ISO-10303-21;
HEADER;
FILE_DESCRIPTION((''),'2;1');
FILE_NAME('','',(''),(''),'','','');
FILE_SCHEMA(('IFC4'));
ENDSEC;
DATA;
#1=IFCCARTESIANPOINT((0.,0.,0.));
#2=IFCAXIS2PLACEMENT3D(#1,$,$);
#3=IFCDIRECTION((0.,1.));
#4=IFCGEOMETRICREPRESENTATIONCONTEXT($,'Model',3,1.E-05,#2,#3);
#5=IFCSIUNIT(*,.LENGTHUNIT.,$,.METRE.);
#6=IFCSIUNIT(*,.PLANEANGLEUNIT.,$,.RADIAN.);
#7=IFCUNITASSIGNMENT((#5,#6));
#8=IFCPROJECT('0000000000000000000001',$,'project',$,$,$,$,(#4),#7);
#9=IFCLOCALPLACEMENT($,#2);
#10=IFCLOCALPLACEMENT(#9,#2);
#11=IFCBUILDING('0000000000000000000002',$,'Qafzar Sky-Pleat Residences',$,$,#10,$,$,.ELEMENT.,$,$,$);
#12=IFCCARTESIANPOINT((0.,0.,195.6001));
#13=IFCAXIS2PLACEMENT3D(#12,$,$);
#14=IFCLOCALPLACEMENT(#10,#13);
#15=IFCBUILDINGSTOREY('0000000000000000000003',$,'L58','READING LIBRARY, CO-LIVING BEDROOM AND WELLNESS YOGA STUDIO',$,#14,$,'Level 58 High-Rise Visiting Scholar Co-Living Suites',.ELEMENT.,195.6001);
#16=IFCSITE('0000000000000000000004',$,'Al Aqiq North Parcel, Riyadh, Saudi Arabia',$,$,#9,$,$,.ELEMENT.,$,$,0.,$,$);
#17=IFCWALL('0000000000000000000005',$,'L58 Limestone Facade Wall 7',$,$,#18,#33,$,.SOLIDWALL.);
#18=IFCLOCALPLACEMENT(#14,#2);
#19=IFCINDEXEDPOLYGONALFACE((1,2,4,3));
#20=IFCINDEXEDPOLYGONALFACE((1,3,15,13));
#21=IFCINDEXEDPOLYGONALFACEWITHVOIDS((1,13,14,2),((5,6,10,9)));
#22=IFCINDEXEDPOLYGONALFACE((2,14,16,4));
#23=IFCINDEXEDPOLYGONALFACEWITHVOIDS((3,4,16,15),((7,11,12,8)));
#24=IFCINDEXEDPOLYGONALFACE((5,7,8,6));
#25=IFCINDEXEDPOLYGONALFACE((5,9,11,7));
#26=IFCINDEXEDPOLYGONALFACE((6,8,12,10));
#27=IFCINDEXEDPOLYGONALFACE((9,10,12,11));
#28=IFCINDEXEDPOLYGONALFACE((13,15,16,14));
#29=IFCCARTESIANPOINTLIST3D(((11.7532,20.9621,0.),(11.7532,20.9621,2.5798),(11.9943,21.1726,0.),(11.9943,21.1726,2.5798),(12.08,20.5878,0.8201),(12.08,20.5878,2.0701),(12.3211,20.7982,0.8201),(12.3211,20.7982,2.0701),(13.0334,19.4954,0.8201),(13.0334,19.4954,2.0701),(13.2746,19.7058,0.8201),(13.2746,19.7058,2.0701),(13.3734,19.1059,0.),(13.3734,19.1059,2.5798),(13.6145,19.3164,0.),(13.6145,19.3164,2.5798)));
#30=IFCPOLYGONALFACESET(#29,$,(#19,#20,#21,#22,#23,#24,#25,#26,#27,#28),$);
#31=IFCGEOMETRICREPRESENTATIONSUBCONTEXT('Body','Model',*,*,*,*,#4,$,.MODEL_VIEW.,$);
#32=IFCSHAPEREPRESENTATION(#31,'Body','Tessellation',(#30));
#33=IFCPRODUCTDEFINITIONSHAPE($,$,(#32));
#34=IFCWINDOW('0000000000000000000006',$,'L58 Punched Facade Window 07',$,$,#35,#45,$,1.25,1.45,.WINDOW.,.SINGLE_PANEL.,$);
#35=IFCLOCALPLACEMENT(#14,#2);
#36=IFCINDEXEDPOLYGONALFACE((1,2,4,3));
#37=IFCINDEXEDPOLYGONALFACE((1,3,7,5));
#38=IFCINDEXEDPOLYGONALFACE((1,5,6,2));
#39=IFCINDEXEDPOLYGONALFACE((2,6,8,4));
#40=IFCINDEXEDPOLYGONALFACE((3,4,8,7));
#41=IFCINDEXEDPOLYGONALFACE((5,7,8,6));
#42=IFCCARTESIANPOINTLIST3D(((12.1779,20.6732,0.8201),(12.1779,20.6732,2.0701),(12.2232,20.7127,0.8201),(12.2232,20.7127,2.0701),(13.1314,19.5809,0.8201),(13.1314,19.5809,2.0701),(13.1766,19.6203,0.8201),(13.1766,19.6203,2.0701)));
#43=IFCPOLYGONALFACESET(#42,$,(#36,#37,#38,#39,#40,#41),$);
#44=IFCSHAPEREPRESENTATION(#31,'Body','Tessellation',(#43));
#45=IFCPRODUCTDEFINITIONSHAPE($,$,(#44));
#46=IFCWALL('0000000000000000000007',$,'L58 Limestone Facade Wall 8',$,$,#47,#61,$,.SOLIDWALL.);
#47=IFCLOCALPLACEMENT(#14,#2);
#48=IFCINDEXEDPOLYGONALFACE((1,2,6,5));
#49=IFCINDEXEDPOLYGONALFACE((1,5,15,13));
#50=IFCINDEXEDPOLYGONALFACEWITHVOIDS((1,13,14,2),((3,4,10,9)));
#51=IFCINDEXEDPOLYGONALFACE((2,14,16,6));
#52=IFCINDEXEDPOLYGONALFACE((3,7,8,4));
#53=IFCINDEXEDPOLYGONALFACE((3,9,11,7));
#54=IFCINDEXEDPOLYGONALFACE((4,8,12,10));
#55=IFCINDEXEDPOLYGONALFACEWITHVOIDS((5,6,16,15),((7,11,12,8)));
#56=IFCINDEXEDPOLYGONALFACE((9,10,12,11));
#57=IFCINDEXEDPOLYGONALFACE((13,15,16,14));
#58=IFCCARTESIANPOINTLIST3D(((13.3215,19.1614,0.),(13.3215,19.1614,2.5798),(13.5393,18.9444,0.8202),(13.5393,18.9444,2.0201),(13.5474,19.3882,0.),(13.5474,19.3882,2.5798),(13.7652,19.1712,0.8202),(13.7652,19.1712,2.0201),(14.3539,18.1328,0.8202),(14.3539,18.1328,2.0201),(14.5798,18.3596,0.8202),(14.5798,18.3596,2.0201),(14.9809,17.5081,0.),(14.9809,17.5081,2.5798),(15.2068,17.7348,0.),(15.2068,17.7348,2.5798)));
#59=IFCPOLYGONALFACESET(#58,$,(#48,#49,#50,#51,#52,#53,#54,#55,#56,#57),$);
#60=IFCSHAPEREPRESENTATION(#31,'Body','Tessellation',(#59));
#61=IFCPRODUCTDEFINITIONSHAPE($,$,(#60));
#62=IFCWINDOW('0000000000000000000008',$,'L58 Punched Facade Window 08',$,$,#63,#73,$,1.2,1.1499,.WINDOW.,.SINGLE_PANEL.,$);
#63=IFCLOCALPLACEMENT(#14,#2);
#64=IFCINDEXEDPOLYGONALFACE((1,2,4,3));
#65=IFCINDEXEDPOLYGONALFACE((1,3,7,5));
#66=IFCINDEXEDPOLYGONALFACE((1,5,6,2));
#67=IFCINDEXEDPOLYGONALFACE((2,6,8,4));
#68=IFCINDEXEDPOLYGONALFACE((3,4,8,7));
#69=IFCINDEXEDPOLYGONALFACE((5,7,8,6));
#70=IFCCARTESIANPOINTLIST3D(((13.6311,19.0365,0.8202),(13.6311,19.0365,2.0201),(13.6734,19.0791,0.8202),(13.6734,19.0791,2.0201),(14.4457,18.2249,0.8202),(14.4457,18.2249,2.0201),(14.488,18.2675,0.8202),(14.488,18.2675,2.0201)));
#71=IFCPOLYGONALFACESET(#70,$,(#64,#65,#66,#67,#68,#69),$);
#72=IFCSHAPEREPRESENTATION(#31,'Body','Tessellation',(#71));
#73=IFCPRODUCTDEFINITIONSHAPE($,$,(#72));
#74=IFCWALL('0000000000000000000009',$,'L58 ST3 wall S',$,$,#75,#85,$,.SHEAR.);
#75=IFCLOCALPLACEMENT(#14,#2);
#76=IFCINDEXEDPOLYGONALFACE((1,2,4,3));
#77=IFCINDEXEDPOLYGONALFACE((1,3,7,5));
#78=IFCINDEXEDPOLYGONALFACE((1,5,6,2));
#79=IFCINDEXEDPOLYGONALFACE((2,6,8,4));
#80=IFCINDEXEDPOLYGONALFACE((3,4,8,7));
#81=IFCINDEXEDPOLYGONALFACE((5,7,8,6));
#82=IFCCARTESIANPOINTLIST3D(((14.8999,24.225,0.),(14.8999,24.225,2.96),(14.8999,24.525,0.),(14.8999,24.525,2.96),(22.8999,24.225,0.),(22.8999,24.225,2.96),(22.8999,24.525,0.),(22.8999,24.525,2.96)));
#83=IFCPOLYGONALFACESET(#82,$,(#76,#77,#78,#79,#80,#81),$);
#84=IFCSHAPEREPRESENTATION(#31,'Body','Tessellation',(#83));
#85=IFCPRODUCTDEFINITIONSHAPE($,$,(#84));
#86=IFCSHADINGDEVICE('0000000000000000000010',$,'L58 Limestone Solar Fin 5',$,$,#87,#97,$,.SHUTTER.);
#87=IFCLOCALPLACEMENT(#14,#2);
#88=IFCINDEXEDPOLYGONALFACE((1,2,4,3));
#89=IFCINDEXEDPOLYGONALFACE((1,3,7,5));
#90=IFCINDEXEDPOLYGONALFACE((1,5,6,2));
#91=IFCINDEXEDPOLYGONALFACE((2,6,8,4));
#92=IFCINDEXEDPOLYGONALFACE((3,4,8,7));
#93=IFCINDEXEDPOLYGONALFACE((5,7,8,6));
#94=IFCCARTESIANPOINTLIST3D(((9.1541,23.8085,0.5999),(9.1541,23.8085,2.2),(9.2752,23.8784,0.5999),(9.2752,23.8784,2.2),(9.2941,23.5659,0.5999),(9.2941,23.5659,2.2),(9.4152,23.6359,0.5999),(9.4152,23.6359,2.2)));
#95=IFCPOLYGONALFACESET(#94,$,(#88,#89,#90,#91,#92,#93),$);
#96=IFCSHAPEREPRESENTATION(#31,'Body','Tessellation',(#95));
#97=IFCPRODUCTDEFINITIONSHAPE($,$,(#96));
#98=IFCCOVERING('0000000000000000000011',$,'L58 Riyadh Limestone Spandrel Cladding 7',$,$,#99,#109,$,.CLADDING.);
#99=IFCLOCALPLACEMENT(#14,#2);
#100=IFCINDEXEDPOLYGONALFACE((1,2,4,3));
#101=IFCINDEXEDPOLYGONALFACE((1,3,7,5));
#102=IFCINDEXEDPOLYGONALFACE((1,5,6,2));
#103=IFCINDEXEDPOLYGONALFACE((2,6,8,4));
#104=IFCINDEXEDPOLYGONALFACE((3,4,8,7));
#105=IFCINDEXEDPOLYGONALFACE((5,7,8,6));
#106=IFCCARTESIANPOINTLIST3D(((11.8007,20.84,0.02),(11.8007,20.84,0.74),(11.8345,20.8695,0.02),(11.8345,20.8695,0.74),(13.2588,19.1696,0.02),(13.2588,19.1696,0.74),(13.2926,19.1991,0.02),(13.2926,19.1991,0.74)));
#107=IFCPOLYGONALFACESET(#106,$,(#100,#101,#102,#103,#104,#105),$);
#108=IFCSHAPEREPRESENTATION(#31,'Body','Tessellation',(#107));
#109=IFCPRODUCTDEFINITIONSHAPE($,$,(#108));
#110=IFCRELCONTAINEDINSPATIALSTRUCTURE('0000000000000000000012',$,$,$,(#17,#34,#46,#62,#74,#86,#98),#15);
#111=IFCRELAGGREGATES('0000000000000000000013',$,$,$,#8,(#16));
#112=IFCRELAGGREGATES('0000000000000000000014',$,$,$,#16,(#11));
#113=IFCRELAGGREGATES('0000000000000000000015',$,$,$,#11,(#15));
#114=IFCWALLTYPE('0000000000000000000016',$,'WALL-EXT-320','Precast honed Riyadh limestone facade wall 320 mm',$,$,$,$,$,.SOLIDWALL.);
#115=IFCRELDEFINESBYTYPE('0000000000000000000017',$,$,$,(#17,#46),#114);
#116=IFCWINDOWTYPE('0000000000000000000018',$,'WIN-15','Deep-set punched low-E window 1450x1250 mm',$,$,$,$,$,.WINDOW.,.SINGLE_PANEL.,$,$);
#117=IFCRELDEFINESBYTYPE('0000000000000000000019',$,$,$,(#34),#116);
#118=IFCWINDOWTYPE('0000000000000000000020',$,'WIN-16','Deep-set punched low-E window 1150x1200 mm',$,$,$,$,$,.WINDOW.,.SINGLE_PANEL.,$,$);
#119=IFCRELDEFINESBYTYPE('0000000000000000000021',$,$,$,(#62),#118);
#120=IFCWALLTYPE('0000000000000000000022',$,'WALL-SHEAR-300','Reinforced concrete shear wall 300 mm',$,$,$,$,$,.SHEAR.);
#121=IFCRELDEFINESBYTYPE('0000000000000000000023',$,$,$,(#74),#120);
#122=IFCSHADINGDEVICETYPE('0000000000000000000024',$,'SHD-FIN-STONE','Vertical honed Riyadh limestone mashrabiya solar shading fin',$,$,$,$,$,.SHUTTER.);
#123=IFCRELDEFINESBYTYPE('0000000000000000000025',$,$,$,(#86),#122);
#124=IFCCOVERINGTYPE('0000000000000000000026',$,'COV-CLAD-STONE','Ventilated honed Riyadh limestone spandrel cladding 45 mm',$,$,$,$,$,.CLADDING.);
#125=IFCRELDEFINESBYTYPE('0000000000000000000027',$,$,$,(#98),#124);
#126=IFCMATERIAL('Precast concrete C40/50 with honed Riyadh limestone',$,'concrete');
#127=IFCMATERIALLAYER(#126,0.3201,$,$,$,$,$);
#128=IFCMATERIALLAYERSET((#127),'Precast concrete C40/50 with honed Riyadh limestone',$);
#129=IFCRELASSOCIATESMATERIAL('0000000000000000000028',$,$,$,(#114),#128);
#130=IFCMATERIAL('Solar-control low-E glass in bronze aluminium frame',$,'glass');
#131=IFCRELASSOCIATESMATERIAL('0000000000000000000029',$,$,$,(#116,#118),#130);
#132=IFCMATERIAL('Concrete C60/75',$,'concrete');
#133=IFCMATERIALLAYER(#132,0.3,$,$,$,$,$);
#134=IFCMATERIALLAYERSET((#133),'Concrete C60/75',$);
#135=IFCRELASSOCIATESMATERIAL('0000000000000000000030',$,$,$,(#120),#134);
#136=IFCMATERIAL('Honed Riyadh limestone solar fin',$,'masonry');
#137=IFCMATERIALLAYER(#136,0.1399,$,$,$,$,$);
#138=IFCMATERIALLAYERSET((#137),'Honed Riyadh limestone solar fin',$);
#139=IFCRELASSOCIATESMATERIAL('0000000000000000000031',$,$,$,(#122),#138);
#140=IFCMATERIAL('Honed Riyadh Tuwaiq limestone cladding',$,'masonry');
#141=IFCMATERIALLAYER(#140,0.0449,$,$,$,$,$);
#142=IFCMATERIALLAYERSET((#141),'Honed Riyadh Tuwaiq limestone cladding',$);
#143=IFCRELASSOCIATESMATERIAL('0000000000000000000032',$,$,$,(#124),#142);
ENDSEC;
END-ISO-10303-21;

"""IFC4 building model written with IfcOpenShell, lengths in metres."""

from ifc_helpers import new_model, si_unit, direction, frame, frame_2d, origin, origin_2d, place, context, subcontext, project, spatial, rectangle, extrude, source, transform, mapped, material, layer, layer_set, type_object, element, fill, save


model = new_model("IFC4")

# Units and contexts
model_context = context("Model", 3, precision=1e-05, world=origin(), true_north=direction((0.0, 1.0)))
body_context = subcontext(model_context, "Body", "Model", "MODEL_VIEW")
ifc_project = project(units=[si_unit("LENGTHUNIT", "METRE"), si_unit("PLANEANGLEUNIT", "RADIAN")], contexts=[model_context])

# Site, building, storey
site_placement = place(None, origin())
site = spatial("IfcSite", under=ifc_project, at=site_placement, Name="Al Aqiq North Parcel, Riyadh, Saudi Arabia", CompositionType="ELEMENT", RefElevation=0.0)
building_placement = place(site_placement, origin())
building = spatial("IfcBuilding", under=site, at=building_placement, Name="Qafzar Sky-Pleat Residences", CompositionType="ELEMENT")
storey_placement = place(building_placement, frame((0.0, 0.0, 195.6001)))
storey = spatial("IfcBuildingStorey", under=building, at=storey_placement, Name="L58", Description="READING LIBRARY, CO-LIVING BEDROOM AND WELLNESS YOGA STUDIO", LongName="Level 58 High-Rise Visiting Scholar Co-Living Suites", CompositionType="ELEMENT", Elevation=195.6001)

# Walls, openings, windows
ifc_material_1 = material(Name="Precast concrete C40/50 with honed Riyadh limestone", Category="concrete")
ifc_layer_1 = layer(ifc_material_1, 0.3201)
ifc_layer_set_1 = layer_set([ifc_layer_1], Name="Precast concrete C40/50 with honed Riyadh limestone")
wall_type_1 = type_object("IfcWallType", Name="WALL-EXT-320", Description="Precast honed Riyadh limestone facade wall 320 mm", PredefinedType="SOLIDWALL", material=ifc_layer_set_1)
ifc_material_2 = material(Name="Solar-control low-E glass in bronze aluminium frame", Category="glass")
wall_1_placement = place(storey_placement, frame((11.8738, 21.0674, 0.0), z_axis=(0.0, 0.0, 1.0), x_axis=(0.657571, -0.753393, 0.0)))
wall_1 = element("IfcWall", 1, at=wall_1_placement, inside=storey, type_object=wall_type_1, Name="L58 Limestone Facade Wall 7", PredefinedType="SOLIDWALL", context=body_context, shape_type="SweptSolid", body=[
    extrude(rectangle(XDim=2.4639, YDim=0.3201, at=frame_2d((1.2319, 0.0))), origin(), (0.0, 0.0, 1.0), 2.5798),
])
opening_1_placement = place(wall_1_placement, frame((0.4968, 0.0, 0.8201)))
opening_1 = element("IfcOpeningElement", 2, at=opening_1_placement, cuts=wall_1, PredefinedType="OPENING", context=body_context, shape_type="SweptSolid", body=[
    extrude(rectangle(XDim=1.45, YDim=1.25, at=frame_2d((0.7251, 0.625))), frame((0.0, 0.1699, 0.0), z_axis=(0.0, -1.0, 0.0), x_axis=(1.0, 0.0, 0.0)), (0.0, 0.0, 1.0), 0.3401),
])
window_type_1 = type_object("IfcWindowType", Name="WIN-15", Description="Deep-set punched low-E window 1450x1250 mm", PartitioningType="SINGLE_PANEL", PredefinedType="WINDOW", material=ifc_material_2)
shared_shape_1 = source(origin(), body_context, "Body", "SweptSolid", [
    extrude(rectangle(XDim=1.45, YDim=1.25, at=frame_2d((0.7251, 0.625))), frame((0.0, 0.03, 0.0), z_axis=(0.0, -1.0, 0.0), x_axis=(1.0, 0.0, 0.0)), (0.0, 0.0, 1.0), 0.0601),
])
window_1_placement = place(opening_1_placement, origin())
window_1 = element("IfcWindow", 3, at=window_1_placement, inside=storey, type_object=window_type_1, Name="L58 Punched Facade Window 07", OverallHeight=1.25, OverallWidth=1.45, PartitioningType="SINGLE_PANEL", PredefinedType="WINDOW", context=body_context, shape_type="MappedRepresentation", body=[
    mapped(shared_shape_1, transform((0.0, 0.0, 0.0), x_axis=(1.0, 0.0, 0.0), y_axis=(0.0, 1.0, 0.0), z_axis=(0.0, 0.0, 1.0), scale=1.0)),
])
fill(opening_1, window_1)
wall_2_placement = place(storey_placement, frame((13.4343, 19.2749, 0.0), z_axis=(0.0, 0.0, 1.0), x_axis=(0.708408, -0.705803, 0.0)))
wall_2 = element("IfcWall", 4, at=wall_2_placement, inside=storey, type_object=wall_type_1, Name="L58 Limestone Facade Wall 8", PredefinedType="SOLIDWALL", context=body_context, shape_type="SweptSolid", body=[
    extrude(rectangle(XDim=2.3425, YDim=0.3201, at=frame_2d((1.1714, 0.0))), origin(), (0.0, 0.0, 1.0), 2.5798),
])
opening_2_placement = place(wall_2_placement, frame((0.3076, 0.0, 0.8201)))
opening_2 = element("IfcOpeningElement", 5, at=opening_2_placement, cuts=wall_2, PredefinedType="OPENING", context=body_context, shape_type="SweptSolid", body=[
    extrude(rectangle(XDim=1.1499, YDim=1.2, at=frame_2d((0.575, 0.6001))), frame((0.0, 0.1699, 0.0), z_axis=(0.0, -1.0, 0.0), x_axis=(1.0, 0.0, 0.0)), (0.0, 0.0, 1.0), 0.3401),
])
window_type_2 = type_object("IfcWindowType", Name="WIN-16", Description="Deep-set punched low-E window 1150x1200 mm", PartitioningType="SINGLE_PANEL", PredefinedType="WINDOW", material=ifc_material_2)
shared_shape_2 = source(origin(), body_context, "Body", "SweptSolid", [
    extrude(rectangle(XDim=1.1499, YDim=1.2, at=frame_2d((0.575, 0.6001))), frame((0.0, 0.03, 0.0), z_axis=(0.0, -1.0, 0.0), x_axis=(1.0, 0.0, 0.0)), (0.0, 0.0, 1.0), 0.0601),
])
window_2_placement = place(opening_2_placement, origin())
window_2 = element("IfcWindow", 6, at=window_2_placement, inside=storey, type_object=window_type_2, Name="L58 Punched Facade Window 08", OverallHeight=1.2, OverallWidth=1.1499, PartitioningType="SINGLE_PANEL", PredefinedType="WINDOW", context=body_context, shape_type="MappedRepresentation", body=[
    mapped(shared_shape_2, transform((0.0, 0.0, 0.0), x_axis=(1.0, 0.0, 0.0), y_axis=(0.0, 1.0, 0.0), z_axis=(0.0, 0.0, 1.0), scale=1.0)),
])
fill(opening_2, window_2)

# Wall
ifc_material_3 = material(Name="Concrete C60/75", Category="concrete")
ifc_layer_2 = layer(ifc_material_3, 0.3)
ifc_layer_set_2 = layer_set([ifc_layer_2], Name="Concrete C60/75")
wall_type_2 = type_object("IfcWallType", Name="WALL-SHEAR-300", Description="Reinforced concrete shear wall 300 mm", PredefinedType="SHEAR", material=ifc_layer_set_2)
wall_3_placement = place(storey_placement, frame((14.8999, 24.375, 0.0), z_axis=(0.0, 0.0, 1.0), x_axis=(1.0, 0.0, 0.0)))
element("IfcWall", 7, at=wall_3_placement, inside=storey, type_object=wall_type_2, Name="L58 ST3 wall S", PredefinedType="SHEAR", context=body_context, shape_type="SweptSolid", body=[
    extrude(rectangle(XDim=8.0, YDim=0.3, at=frame_2d((4.0, 0.0))), origin(), (0.0, 0.0, 1.0), 2.96),
])

# Shading device
ifc_material_4 = material(Name="Honed Riyadh limestone solar fin", Category="masonry")
ifc_layer_3 = layer(ifc_material_4, 0.1399)
ifc_layer_set_3 = layer_set([ifc_layer_3], Name="Honed Riyadh limestone solar fin")
shading_device_type = type_object("IfcShadingDeviceType", Name="SHD-FIN-STONE", Description="Vertical honed Riyadh limestone mashrabiya solar shading fin", PredefinedType="SHUTTER", material=ifc_layer_set_3)
shared_shape_3 = source(origin(), body_context, "Body", "SweptSolid", [
    extrude(rectangle(XDim=0.1399, YDim=0.28, at=origin_2d()), origin(), (0.0, 0.0, 1.0), 1.6001),
])
shading_device_placement = place(storey_placement, frame((9.2847, 23.7222, 0.5999), z_axis=(0.0, 0.0, 1.0), x_axis=(-0.866044, -0.499967, 0.0)))
element("IfcShadingDevice", 8, at=shading_device_placement, inside=storey, type_object=shading_device_type, Name="L58 Limestone Solar Fin 5", PredefinedType="SHUTTER", context=body_context, shape_type="MappedRepresentation", body=[
    mapped(shared_shape_3, transform((0.0, 0.0, 0.0), x_axis=(1.0, 0.0, 0.0), y_axis=(0.0, 1.0, 0.0), z_axis=(0.0, 0.0, 1.0), scale=1.0)),
])

# Covering
ifc_material_5 = material(Name="Honed Riyadh Tuwaiq limestone cladding", Category="masonry")
ifc_layer_4 = layer(ifc_material_5, 0.0449)
ifc_layer_set_4 = layer_set([ifc_layer_4], Name="Honed Riyadh Tuwaiq limestone cladding")
covering_type = type_object("IfcCoveringType", Name="COV-CLAD-STONE", Description="Ventilated honed Riyadh limestone spandrel cladding 45 mm", PredefinedType="CLADDING", material=ifc_layer_set_4)
shared_shape_4 = source(origin(), body_context, "Body", "SweptSolid", [
    extrude(rectangle(XDim=2.2173, YDim=0.0449, at=origin_2d()), origin(), (0.0, 0.0, 1.0), 0.72),
])
covering_placement = place(storey_placement, frame((12.5466, 20.0195, 0.02), z_axis=(0.0, 0.0, 1.0), x_axis=(0.657608, -0.753361, 0.0)))
element("IfcCovering", 9, at=covering_placement, inside=storey, type_object=covering_type, Name="L58 Riyadh Limestone Spandrel Cladding 7", PredefinedType="CLADDING", context=body_context, shape_type="MappedRepresentation", body=[
    mapped(shared_shape_4, transform((0.0, 0.0, 0.0), x_axis=(1.0, 0.0, 0.0), y_axis=(0.0, 1.0, 0.0), z_axis=(0.0, 0.0, 1.0), scale=1.0)),
])

save(model, "model.ifc")
